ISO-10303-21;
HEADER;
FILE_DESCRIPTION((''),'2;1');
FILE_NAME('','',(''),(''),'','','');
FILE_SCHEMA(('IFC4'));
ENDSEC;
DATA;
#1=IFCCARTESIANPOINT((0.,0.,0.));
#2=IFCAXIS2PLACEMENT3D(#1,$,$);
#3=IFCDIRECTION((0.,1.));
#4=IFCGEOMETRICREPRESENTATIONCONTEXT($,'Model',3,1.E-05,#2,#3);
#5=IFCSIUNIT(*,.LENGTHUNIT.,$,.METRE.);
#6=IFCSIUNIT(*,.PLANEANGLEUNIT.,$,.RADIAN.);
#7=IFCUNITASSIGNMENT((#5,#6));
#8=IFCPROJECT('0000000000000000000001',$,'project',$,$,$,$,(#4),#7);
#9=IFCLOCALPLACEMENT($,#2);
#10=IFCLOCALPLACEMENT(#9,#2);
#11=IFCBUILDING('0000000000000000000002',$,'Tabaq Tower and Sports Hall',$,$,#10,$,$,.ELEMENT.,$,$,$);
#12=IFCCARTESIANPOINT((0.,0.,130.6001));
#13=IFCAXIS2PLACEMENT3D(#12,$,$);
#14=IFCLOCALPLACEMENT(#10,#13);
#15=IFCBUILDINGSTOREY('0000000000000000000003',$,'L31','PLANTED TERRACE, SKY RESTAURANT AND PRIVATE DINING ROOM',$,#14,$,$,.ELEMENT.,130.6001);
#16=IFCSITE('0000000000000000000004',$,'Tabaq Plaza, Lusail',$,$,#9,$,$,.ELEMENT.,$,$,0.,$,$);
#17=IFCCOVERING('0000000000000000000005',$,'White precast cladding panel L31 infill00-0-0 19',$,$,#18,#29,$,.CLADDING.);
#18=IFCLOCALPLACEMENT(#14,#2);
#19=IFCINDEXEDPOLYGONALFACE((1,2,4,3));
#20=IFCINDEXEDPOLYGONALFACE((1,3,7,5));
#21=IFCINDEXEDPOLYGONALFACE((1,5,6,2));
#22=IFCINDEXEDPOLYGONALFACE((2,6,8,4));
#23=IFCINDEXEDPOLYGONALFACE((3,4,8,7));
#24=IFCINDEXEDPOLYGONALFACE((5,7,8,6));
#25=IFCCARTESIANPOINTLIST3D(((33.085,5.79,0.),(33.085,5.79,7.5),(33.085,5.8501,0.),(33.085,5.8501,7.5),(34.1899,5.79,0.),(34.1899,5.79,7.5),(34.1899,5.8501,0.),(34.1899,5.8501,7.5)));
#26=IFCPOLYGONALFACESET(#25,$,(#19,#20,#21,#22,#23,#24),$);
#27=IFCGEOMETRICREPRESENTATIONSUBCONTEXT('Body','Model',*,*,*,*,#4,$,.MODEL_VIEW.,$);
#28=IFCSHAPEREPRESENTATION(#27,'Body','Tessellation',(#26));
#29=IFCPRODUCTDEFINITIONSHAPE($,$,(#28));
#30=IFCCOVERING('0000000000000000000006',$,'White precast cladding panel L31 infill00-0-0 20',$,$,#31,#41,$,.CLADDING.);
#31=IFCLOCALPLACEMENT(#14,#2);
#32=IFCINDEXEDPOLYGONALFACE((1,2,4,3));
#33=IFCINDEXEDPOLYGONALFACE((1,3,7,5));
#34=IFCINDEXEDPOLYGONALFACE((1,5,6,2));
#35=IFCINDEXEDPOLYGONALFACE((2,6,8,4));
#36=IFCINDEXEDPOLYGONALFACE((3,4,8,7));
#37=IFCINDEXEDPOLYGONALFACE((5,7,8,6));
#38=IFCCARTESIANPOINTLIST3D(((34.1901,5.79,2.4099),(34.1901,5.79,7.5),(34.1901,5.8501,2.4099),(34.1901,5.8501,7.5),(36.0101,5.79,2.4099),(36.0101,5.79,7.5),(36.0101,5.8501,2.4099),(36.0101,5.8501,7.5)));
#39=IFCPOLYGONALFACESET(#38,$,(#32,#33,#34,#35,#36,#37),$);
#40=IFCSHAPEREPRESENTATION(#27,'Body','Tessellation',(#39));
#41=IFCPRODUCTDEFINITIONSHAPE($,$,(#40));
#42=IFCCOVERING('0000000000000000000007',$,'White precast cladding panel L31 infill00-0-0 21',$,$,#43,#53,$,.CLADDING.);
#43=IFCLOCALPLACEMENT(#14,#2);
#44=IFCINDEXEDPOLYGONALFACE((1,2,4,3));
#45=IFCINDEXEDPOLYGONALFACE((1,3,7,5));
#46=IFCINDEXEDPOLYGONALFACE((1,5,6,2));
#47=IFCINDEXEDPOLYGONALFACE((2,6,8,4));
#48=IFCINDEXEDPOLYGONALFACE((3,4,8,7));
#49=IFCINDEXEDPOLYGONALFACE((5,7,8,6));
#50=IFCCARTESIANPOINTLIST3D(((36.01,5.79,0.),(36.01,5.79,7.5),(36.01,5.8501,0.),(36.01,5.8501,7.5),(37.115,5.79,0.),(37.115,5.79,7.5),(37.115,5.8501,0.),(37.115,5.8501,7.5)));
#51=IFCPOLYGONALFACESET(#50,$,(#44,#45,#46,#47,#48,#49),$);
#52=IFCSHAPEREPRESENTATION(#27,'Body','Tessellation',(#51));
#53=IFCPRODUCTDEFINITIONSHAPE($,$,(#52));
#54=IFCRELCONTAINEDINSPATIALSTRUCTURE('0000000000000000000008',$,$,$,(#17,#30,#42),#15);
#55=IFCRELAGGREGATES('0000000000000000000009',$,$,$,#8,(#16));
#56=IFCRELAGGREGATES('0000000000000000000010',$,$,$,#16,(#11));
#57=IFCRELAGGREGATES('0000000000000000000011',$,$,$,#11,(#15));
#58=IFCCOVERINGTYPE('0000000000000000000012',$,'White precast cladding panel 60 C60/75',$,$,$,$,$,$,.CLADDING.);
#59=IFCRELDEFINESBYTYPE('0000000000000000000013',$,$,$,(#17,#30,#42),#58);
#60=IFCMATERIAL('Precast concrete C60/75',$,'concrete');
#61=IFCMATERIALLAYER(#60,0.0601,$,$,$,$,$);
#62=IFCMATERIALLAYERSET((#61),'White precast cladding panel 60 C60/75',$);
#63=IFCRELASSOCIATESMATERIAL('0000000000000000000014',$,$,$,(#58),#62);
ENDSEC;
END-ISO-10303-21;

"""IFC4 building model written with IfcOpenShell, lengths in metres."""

from ifc_helpers import new_model, si_unit, direction, frame, frame_2d, origin, place, context, subcontext, project, spatial, rectangle, extrude, material, layer, layer_set, type_object, element, save


model = new_model("IFC4")

# Units and contexts
model_context = context("Model", 3, precision=1e-05, world=origin(), true_north=direction((0.0, 1.0)))
body_context = subcontext(model_context, "Body", "Model", "MODEL_VIEW")
ifc_project = project(units=[si_unit("LENGTHUNIT", "METRE"), si_unit("PLANEANGLEUNIT", "RADIAN")], contexts=[model_context])

# Site, building, storey
site_placement = place(None, origin())
site = spatial("IfcSite", under=ifc_project, at=site_placement, Name="Tabaq Plaza, Lusail", CompositionType="ELEMENT", RefElevation=0.0)
building_placement = place(site_placement, origin())
building = spatial("IfcBuilding", under=site, at=building_placement, Name="Tabaq Tower and Sports Hall", CompositionType="ELEMENT")
storey_placement = place(building_placement, frame((0.0, 0.0, 130.6001)))
storey = spatial("IfcBuildingStorey", under=building, at=storey_placement, Name="L31", Description="PLANTED TERRACE, SKY RESTAURANT AND PRIVATE DINING ROOM", CompositionType="ELEMENT", Elevation=130.6001)

# Coverings
ifc_material_1 = material(Name="Precast concrete C60/75", Category="concrete")
ifc_layer_1 = layer(ifc_material_1, 0.0601)
ifc_layer_set_1 = layer_set([ifc_layer_1], Name="White precast cladding panel 60 C60/75")
covering_type = type_object("IfcCoveringType", Name="White precast cladding panel 60 C60/75", PredefinedType="CLADDING", material=ifc_layer_set_1)
for number, where, z_axis, x_axis, name in (
    (1, (33.085, 5.8201, 0.0), (0.0, 0.0, 1.0), (1.0, 0.0, 0.0), "White precast cladding panel L31 infill00-0-0 19"),
):
    element("IfcCovering", number, at=place(storey_placement, frame(where, z_axis=z_axis, x_axis=x_axis)), inside=storey, type_object=covering_type, Name=name, PredefinedType="CLADDING", context=body_context, shape_type="SweptSolid", body=[
        extrude(rectangle(XDim=1.105, YDim=0.0601, at=frame_2d((0.5525, 0.0))), origin(), (0.0, 0.0, 1.0), 7.5),
    ])
covering_1_placement = place(storey_placement, frame((34.1899, 5.8201, 2.4099), z_axis=(0.0, 0.0, 1.0), x_axis=(1.0, 0.0, 0.0)))
element("IfcCovering", 2, at=covering_1_placement, inside=storey, type_object=covering_type, Name="White precast cladding panel L31 infill00-0-0 20", PredefinedType="CLADDING", context=body_context, shape_type="SweptSolid", body=[
    extrude(rectangle(XDim=1.8201, YDim=0.0601, at=frame_2d((0.9102, 0.0))), origin(), (0.0, 0.0, 1.0), 5.0901),
])
covering_2_placement = place(storey_placement, frame((36.01, 5.8201, 0.0), z_axis=(0.0, 0.0, 1.0), x_axis=(1.0, 0.0, 0.0)))
element("IfcCovering", 3, at=covering_2_placement, inside=storey, type_object=covering_type, Name="White precast cladding panel L31 infill00-0-0 21", PredefinedType="CLADDING", context=body_context, shape_type="SweptSolid", body=[
    extrude(rectangle(XDim=1.105, YDim=0.0601, at=frame_2d((0.5525, 0.0))), origin(), (0.0, 0.0, 1.0), 7.5),
])

save(model, "model.ifc")
